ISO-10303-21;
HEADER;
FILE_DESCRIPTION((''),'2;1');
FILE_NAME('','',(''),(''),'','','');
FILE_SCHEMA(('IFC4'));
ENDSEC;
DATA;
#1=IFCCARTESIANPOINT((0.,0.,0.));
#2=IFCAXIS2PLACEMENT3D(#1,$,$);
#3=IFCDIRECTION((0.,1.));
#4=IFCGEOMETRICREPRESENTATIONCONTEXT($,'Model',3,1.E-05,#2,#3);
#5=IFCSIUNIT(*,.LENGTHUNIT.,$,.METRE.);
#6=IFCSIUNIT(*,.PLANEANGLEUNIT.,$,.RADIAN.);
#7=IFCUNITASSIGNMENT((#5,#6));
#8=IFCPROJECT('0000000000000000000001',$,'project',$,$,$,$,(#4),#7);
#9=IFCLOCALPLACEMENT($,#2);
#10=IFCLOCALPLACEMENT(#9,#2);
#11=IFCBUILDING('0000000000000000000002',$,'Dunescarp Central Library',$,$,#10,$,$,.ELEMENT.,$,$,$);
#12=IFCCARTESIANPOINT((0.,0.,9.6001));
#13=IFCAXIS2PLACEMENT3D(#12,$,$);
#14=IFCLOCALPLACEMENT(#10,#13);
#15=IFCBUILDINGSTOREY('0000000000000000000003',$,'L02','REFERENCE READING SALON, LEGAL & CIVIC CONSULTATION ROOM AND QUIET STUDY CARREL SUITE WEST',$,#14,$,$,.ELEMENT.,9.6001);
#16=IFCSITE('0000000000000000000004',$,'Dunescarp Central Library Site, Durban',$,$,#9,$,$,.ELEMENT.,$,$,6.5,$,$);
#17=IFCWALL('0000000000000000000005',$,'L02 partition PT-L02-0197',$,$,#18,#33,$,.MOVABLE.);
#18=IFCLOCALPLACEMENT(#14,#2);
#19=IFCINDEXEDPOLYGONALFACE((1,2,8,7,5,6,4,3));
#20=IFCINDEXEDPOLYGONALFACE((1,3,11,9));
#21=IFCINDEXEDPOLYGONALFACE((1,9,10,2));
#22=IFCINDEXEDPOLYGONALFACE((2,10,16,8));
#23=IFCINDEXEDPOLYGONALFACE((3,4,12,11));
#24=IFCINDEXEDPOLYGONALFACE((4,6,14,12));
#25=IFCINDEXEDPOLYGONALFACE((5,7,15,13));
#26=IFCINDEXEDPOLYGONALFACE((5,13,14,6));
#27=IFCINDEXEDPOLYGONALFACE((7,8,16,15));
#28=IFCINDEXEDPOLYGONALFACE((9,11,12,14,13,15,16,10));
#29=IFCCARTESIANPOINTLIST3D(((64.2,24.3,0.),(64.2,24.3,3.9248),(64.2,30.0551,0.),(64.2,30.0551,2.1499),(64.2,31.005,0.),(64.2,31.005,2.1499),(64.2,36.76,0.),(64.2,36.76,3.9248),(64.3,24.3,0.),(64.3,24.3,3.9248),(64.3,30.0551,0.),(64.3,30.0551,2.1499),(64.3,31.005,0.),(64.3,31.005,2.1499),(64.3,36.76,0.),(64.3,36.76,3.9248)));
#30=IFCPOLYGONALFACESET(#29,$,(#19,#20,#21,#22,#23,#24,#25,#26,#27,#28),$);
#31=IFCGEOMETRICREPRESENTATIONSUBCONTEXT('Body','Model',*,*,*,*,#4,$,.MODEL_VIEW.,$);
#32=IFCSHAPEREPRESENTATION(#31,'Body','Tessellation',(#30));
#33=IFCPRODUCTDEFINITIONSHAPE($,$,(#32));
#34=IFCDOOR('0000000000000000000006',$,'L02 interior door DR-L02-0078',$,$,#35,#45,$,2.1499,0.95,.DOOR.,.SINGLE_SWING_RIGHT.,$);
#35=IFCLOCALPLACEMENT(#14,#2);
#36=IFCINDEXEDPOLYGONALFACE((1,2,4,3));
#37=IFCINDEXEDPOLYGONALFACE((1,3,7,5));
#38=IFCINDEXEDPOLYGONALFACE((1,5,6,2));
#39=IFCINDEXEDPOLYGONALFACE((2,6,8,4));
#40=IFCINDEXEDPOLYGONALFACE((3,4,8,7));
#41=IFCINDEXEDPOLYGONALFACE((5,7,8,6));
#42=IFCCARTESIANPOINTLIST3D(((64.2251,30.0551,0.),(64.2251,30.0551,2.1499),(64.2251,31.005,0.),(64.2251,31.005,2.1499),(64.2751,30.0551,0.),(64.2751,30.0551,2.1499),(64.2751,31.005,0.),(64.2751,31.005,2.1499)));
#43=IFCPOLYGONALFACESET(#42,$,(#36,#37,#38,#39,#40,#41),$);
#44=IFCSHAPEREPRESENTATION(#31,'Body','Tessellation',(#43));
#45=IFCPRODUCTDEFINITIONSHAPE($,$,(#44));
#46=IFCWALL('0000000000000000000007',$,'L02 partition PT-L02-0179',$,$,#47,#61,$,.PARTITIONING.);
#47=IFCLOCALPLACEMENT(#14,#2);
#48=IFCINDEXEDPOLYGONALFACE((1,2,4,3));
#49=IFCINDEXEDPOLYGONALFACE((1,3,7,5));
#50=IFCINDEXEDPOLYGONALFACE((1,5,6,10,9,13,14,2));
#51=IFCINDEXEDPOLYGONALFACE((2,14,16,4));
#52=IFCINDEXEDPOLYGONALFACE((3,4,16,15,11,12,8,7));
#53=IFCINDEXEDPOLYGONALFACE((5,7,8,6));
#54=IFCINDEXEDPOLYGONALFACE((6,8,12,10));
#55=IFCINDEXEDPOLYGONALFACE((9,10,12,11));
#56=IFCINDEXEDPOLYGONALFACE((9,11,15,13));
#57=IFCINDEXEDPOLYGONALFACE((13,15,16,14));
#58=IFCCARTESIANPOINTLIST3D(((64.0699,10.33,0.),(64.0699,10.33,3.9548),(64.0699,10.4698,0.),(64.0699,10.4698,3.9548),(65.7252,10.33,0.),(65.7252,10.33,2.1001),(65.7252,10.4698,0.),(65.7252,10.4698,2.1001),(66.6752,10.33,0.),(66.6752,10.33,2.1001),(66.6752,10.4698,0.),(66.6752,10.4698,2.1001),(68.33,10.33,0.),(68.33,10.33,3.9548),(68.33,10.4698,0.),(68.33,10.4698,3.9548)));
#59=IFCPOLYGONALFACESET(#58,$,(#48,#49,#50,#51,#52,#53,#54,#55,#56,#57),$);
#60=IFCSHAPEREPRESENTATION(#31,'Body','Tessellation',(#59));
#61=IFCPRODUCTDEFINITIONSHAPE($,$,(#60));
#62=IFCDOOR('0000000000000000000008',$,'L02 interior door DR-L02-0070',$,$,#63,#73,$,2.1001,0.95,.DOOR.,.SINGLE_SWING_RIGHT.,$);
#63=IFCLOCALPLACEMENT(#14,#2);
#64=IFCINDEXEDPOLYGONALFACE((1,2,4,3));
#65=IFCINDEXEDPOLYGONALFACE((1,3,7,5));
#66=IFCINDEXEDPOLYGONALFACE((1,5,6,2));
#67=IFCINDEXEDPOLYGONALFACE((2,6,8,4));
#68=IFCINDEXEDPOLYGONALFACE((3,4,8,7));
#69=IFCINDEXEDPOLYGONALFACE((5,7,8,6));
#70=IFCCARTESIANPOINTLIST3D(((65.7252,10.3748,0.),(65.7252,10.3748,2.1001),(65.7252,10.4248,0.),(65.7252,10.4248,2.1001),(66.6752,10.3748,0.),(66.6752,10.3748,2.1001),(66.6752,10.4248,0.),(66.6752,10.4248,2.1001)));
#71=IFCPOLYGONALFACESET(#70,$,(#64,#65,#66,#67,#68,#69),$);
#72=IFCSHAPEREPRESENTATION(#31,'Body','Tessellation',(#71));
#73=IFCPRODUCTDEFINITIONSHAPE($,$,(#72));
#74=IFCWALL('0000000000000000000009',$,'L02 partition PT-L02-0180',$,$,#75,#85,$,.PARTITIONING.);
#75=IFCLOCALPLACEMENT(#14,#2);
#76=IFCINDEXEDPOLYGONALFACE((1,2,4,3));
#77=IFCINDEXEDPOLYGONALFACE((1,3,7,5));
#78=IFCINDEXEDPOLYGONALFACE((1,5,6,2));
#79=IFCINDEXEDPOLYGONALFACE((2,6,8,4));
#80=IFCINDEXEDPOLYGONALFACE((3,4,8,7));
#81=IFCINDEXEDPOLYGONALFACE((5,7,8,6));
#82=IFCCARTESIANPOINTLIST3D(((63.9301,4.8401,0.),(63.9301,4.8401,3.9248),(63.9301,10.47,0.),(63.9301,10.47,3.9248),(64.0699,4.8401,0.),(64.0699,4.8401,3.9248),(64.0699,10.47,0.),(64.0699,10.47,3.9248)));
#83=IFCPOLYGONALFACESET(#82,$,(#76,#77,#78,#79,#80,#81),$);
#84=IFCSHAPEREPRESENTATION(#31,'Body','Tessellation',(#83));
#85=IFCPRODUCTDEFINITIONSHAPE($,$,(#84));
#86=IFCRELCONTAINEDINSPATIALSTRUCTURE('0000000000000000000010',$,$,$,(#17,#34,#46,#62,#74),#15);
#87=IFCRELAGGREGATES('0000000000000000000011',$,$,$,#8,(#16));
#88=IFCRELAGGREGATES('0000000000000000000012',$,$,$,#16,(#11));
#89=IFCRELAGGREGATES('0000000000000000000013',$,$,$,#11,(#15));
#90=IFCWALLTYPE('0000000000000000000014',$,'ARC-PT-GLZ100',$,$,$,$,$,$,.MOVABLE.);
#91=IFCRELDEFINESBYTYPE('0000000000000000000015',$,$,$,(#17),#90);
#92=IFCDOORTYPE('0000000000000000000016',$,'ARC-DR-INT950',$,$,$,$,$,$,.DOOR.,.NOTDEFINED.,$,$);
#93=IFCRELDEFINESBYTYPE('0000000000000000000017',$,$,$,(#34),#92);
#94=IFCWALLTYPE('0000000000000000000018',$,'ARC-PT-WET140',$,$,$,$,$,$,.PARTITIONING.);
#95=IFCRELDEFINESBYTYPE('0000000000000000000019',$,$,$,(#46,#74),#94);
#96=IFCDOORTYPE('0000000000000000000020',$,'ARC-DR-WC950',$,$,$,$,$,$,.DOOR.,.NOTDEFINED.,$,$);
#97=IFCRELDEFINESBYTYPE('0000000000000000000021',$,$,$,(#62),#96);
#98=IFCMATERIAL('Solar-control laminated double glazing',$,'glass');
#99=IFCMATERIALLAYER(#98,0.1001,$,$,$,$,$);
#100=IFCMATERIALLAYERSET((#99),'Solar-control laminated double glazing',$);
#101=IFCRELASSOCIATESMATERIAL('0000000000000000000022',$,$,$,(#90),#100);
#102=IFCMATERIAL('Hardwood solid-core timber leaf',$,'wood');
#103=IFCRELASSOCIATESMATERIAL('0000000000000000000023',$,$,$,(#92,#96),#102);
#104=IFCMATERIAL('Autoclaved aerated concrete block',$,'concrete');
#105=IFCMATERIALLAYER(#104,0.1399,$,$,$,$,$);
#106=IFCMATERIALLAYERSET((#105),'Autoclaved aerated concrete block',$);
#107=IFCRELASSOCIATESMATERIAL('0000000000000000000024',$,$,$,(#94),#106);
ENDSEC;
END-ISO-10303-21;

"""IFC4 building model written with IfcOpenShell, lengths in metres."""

from ifc_helpers import new_model, si_unit, direction, frame, frame_2d, origin, place, context, subcontext, project, spatial, rectangle, extrude, material, layer, layer_set, type_object, element, fill, save


model = new_model("IFC4")

# Units and contexts
model_context = context("Model", 3, precision=1e-05, world=origin(), true_north=direction((0.0, 1.0)))
body_context = subcontext(model_context, "Body", "Model", "MODEL_VIEW")
ifc_project = project(units=[si_unit("LENGTHUNIT", "METRE"), si_unit("PLANEANGLEUNIT", "RADIAN")], contexts=[model_context])

# Site, building, storey
site_placement = place(None, origin())
site = spatial("IfcSite", under=ifc_project, at=site_placement, Name="Dunescarp Central Library Site, Durban", CompositionType="ELEMENT", RefElevation=6.5)
building_placement = place(site_placement, origin())
building = spatial("IfcBuilding", under=site, at=building_placement, Name="Dunescarp Central Library", CompositionType="ELEMENT")
storey_placement = place(building_placement, frame((0.0, 0.0, 9.6001)))
storey = spatial("IfcBuildingStorey", under=building, at=storey_placement, Name="L02", Description="REFERENCE READING SALON, LEGAL & CIVIC CONSULTATION ROOM AND QUIET STUDY CARREL SUITE WEST", CompositionType="ELEMENT", Elevation=9.6001)

# Shared definitions
ifc_material_1 = material(Name="Solar-control laminated double glazing", Category="glass")

# Shared definitions
ifc_material_2 = material(Name="Hardwood solid-core timber leaf", Category="wood")

# Shared definitions
ifc_layer_1 = layer(ifc_material_1, 0.1001)
ifc_layer_set_1 = layer_set([ifc_layer_1], Name="Solar-control laminated double glazing")
wall_type_1 = type_object("IfcWallType", Name="ARC-PT-GLZ100", PredefinedType="MOVABLE", material=ifc_layer_set_1)

# Walls, openings, doors
wall_1_placement = place(storey_placement, frame((64.25, 24.3, 0.0), z_axis=(0.0, 0.0, 1.0), x_axis=(0.0, 1.0, 0.0)))
wall_1 = element("IfcWall", 1, at=wall_1_placement, inside=storey, type_object=wall_type_1, Name="L02 partition PT-L02-0197", PredefinedType="MOVABLE", context=body_context, shape_type="SweptSolid", body=[
    extrude(rectangle(XDim=12.46, YDim=0.1001, at=frame_2d((6.23, 0.0))), origin(), (0.0, 0.0, 1.0), 3.9248),
])
opening_1_placement = place(wall_1_placement, frame((5.7549, 0.0, 0.0)))
opening_1 = element("IfcOpeningElement", 2, at=opening_1_placement, cuts=wall_1, PredefinedType="OPENING", context=body_context, shape_type="SweptSolid", body=[
    extrude(rectangle(XDim=0.95, YDim=2.1499, at=frame_2d((0.4751, 1.075))), frame((0.0, 0.0601, 0.0), z_axis=(0.0, -1.0, 0.0), x_axis=(1.0, 0.0, 0.0)), (0.0, 0.0, 1.0), 0.1201),
])
door_type_1 = type_object("IfcDoorType", Name="ARC-DR-INT950", OperationType="NOTDEFINED", PredefinedType="DOOR", material=ifc_material_2)
door_1_placement = place(opening_1_placement, origin())
door_1 = element("IfcDoor", 3, at=door_1_placement, inside=storey, type_object=door_type_1, Name="L02 interior door DR-L02-0078", OperationType="SINGLE_SWING_RIGHT", OverallHeight=2.1499, OverallWidth=0.95, PredefinedType="DOOR", context=body_context, shape_type="SweptSolid", body=[
    extrude(rectangle(XDim=0.95, YDim=2.1499, at=frame_2d((0.4751, 1.075))), frame((0.0, 0.0249, 0.0), z_axis=(0.0, -1.0, 0.0), x_axis=(1.0, 0.0, 0.0)), (0.0, 0.0, 1.0), 0.05),
])
fill(opening_1, door_1)
ifc_material_3 = material(Name="Autoclaved aerated concrete block", Category="concrete")
ifc_layer_2 = layer(ifc_material_3, 0.1399)
ifc_layer_set_2 = layer_set([ifc_layer_2], Name="Autoclaved aerated concrete block")
wall_type_2 = type_object("IfcWallType", Name="ARC-PT-WET140", PredefinedType="PARTITIONING", material=ifc_layer_set_2)
wall_2_placement = place(storey_placement, frame((64.0701, 10.3999, 0.0), z_axis=(0.0, 0.0, 1.0), x_axis=(1.0, 0.0, 0.0)))
wall_2 = element("IfcWall", 4, at=wall_2_placement, inside=storey, type_object=wall_type_2, Name="L02 partition PT-L02-0179", PredefinedType="PARTITIONING", context=body_context, shape_type="SweptSolid", body=[
    extrude(rectangle(XDim=4.26, YDim=0.1399, at=frame_2d((2.1299, 0.0))), origin(), (0.0, 0.0, 1.0), 3.9548),
])
opening_2_placement = place(wall_2_placement, frame((1.655, 0.0, 0.0)))
opening_2 = element("IfcOpeningElement", 5, at=opening_2_placement, cuts=wall_2, PredefinedType="OPENING", context=body_context, shape_type="SweptSolid", body=[
    extrude(rectangle(XDim=0.95, YDim=2.1001, at=frame_2d((0.4751, 1.05))), frame((0.0, 0.0801, 0.0), z_axis=(0.0, -1.0, 0.0), x_axis=(1.0, 0.0, 0.0)), (0.0, 0.0, 1.0), 0.1599),
])
door_type_2 = type_object("IfcDoorType", Name="ARC-DR-WC950", OperationType="NOTDEFINED", PredefinedType="DOOR", material=ifc_material_2)
door_2_placement = place(opening_2_placement, origin())
door_2 = element("IfcDoor", 6, at=door_2_placement, inside=storey, type_object=door_type_2, Name="L02 interior door DR-L02-0070", OperationType="SINGLE_SWING_RIGHT", OverallHeight=2.1001, OverallWidth=0.95, PredefinedType="DOOR", context=body_context, shape_type="SweptSolid", body=[
    extrude(rectangle(XDim=0.95, YDim=2.1001, at=frame_2d((0.4751, 1.05))), frame((0.0, 0.0249, 0.0), z_axis=(0.0, -1.0, 0.0), x_axis=(1.0, 0.0, 0.0)), (0.0, 0.0, 1.0), 0.05),
])
fill(opening_2, door_2)

# Wall
wall_3_placement = place(storey_placement, frame((64.0, 4.8401, 0.0), z_axis=(0.0, 0.0, 1.0), x_axis=(0.0, 1.0, 0.0)))
element("IfcWall", 7, at=wall_3_placement, inside=storey, type_object=wall_type_2, Name="L02 partition PT-L02-0180", PredefinedType="PARTITIONING", context=body_context, shape_type="SweptSolid", body=[
    extrude(rectangle(XDim=5.6299, YDim=0.1399, at=frame_2d((2.8149, 0.0))), origin(), (0.0, 0.0, 1.0), 3.9248),
])

save(model, "model.ifc")
